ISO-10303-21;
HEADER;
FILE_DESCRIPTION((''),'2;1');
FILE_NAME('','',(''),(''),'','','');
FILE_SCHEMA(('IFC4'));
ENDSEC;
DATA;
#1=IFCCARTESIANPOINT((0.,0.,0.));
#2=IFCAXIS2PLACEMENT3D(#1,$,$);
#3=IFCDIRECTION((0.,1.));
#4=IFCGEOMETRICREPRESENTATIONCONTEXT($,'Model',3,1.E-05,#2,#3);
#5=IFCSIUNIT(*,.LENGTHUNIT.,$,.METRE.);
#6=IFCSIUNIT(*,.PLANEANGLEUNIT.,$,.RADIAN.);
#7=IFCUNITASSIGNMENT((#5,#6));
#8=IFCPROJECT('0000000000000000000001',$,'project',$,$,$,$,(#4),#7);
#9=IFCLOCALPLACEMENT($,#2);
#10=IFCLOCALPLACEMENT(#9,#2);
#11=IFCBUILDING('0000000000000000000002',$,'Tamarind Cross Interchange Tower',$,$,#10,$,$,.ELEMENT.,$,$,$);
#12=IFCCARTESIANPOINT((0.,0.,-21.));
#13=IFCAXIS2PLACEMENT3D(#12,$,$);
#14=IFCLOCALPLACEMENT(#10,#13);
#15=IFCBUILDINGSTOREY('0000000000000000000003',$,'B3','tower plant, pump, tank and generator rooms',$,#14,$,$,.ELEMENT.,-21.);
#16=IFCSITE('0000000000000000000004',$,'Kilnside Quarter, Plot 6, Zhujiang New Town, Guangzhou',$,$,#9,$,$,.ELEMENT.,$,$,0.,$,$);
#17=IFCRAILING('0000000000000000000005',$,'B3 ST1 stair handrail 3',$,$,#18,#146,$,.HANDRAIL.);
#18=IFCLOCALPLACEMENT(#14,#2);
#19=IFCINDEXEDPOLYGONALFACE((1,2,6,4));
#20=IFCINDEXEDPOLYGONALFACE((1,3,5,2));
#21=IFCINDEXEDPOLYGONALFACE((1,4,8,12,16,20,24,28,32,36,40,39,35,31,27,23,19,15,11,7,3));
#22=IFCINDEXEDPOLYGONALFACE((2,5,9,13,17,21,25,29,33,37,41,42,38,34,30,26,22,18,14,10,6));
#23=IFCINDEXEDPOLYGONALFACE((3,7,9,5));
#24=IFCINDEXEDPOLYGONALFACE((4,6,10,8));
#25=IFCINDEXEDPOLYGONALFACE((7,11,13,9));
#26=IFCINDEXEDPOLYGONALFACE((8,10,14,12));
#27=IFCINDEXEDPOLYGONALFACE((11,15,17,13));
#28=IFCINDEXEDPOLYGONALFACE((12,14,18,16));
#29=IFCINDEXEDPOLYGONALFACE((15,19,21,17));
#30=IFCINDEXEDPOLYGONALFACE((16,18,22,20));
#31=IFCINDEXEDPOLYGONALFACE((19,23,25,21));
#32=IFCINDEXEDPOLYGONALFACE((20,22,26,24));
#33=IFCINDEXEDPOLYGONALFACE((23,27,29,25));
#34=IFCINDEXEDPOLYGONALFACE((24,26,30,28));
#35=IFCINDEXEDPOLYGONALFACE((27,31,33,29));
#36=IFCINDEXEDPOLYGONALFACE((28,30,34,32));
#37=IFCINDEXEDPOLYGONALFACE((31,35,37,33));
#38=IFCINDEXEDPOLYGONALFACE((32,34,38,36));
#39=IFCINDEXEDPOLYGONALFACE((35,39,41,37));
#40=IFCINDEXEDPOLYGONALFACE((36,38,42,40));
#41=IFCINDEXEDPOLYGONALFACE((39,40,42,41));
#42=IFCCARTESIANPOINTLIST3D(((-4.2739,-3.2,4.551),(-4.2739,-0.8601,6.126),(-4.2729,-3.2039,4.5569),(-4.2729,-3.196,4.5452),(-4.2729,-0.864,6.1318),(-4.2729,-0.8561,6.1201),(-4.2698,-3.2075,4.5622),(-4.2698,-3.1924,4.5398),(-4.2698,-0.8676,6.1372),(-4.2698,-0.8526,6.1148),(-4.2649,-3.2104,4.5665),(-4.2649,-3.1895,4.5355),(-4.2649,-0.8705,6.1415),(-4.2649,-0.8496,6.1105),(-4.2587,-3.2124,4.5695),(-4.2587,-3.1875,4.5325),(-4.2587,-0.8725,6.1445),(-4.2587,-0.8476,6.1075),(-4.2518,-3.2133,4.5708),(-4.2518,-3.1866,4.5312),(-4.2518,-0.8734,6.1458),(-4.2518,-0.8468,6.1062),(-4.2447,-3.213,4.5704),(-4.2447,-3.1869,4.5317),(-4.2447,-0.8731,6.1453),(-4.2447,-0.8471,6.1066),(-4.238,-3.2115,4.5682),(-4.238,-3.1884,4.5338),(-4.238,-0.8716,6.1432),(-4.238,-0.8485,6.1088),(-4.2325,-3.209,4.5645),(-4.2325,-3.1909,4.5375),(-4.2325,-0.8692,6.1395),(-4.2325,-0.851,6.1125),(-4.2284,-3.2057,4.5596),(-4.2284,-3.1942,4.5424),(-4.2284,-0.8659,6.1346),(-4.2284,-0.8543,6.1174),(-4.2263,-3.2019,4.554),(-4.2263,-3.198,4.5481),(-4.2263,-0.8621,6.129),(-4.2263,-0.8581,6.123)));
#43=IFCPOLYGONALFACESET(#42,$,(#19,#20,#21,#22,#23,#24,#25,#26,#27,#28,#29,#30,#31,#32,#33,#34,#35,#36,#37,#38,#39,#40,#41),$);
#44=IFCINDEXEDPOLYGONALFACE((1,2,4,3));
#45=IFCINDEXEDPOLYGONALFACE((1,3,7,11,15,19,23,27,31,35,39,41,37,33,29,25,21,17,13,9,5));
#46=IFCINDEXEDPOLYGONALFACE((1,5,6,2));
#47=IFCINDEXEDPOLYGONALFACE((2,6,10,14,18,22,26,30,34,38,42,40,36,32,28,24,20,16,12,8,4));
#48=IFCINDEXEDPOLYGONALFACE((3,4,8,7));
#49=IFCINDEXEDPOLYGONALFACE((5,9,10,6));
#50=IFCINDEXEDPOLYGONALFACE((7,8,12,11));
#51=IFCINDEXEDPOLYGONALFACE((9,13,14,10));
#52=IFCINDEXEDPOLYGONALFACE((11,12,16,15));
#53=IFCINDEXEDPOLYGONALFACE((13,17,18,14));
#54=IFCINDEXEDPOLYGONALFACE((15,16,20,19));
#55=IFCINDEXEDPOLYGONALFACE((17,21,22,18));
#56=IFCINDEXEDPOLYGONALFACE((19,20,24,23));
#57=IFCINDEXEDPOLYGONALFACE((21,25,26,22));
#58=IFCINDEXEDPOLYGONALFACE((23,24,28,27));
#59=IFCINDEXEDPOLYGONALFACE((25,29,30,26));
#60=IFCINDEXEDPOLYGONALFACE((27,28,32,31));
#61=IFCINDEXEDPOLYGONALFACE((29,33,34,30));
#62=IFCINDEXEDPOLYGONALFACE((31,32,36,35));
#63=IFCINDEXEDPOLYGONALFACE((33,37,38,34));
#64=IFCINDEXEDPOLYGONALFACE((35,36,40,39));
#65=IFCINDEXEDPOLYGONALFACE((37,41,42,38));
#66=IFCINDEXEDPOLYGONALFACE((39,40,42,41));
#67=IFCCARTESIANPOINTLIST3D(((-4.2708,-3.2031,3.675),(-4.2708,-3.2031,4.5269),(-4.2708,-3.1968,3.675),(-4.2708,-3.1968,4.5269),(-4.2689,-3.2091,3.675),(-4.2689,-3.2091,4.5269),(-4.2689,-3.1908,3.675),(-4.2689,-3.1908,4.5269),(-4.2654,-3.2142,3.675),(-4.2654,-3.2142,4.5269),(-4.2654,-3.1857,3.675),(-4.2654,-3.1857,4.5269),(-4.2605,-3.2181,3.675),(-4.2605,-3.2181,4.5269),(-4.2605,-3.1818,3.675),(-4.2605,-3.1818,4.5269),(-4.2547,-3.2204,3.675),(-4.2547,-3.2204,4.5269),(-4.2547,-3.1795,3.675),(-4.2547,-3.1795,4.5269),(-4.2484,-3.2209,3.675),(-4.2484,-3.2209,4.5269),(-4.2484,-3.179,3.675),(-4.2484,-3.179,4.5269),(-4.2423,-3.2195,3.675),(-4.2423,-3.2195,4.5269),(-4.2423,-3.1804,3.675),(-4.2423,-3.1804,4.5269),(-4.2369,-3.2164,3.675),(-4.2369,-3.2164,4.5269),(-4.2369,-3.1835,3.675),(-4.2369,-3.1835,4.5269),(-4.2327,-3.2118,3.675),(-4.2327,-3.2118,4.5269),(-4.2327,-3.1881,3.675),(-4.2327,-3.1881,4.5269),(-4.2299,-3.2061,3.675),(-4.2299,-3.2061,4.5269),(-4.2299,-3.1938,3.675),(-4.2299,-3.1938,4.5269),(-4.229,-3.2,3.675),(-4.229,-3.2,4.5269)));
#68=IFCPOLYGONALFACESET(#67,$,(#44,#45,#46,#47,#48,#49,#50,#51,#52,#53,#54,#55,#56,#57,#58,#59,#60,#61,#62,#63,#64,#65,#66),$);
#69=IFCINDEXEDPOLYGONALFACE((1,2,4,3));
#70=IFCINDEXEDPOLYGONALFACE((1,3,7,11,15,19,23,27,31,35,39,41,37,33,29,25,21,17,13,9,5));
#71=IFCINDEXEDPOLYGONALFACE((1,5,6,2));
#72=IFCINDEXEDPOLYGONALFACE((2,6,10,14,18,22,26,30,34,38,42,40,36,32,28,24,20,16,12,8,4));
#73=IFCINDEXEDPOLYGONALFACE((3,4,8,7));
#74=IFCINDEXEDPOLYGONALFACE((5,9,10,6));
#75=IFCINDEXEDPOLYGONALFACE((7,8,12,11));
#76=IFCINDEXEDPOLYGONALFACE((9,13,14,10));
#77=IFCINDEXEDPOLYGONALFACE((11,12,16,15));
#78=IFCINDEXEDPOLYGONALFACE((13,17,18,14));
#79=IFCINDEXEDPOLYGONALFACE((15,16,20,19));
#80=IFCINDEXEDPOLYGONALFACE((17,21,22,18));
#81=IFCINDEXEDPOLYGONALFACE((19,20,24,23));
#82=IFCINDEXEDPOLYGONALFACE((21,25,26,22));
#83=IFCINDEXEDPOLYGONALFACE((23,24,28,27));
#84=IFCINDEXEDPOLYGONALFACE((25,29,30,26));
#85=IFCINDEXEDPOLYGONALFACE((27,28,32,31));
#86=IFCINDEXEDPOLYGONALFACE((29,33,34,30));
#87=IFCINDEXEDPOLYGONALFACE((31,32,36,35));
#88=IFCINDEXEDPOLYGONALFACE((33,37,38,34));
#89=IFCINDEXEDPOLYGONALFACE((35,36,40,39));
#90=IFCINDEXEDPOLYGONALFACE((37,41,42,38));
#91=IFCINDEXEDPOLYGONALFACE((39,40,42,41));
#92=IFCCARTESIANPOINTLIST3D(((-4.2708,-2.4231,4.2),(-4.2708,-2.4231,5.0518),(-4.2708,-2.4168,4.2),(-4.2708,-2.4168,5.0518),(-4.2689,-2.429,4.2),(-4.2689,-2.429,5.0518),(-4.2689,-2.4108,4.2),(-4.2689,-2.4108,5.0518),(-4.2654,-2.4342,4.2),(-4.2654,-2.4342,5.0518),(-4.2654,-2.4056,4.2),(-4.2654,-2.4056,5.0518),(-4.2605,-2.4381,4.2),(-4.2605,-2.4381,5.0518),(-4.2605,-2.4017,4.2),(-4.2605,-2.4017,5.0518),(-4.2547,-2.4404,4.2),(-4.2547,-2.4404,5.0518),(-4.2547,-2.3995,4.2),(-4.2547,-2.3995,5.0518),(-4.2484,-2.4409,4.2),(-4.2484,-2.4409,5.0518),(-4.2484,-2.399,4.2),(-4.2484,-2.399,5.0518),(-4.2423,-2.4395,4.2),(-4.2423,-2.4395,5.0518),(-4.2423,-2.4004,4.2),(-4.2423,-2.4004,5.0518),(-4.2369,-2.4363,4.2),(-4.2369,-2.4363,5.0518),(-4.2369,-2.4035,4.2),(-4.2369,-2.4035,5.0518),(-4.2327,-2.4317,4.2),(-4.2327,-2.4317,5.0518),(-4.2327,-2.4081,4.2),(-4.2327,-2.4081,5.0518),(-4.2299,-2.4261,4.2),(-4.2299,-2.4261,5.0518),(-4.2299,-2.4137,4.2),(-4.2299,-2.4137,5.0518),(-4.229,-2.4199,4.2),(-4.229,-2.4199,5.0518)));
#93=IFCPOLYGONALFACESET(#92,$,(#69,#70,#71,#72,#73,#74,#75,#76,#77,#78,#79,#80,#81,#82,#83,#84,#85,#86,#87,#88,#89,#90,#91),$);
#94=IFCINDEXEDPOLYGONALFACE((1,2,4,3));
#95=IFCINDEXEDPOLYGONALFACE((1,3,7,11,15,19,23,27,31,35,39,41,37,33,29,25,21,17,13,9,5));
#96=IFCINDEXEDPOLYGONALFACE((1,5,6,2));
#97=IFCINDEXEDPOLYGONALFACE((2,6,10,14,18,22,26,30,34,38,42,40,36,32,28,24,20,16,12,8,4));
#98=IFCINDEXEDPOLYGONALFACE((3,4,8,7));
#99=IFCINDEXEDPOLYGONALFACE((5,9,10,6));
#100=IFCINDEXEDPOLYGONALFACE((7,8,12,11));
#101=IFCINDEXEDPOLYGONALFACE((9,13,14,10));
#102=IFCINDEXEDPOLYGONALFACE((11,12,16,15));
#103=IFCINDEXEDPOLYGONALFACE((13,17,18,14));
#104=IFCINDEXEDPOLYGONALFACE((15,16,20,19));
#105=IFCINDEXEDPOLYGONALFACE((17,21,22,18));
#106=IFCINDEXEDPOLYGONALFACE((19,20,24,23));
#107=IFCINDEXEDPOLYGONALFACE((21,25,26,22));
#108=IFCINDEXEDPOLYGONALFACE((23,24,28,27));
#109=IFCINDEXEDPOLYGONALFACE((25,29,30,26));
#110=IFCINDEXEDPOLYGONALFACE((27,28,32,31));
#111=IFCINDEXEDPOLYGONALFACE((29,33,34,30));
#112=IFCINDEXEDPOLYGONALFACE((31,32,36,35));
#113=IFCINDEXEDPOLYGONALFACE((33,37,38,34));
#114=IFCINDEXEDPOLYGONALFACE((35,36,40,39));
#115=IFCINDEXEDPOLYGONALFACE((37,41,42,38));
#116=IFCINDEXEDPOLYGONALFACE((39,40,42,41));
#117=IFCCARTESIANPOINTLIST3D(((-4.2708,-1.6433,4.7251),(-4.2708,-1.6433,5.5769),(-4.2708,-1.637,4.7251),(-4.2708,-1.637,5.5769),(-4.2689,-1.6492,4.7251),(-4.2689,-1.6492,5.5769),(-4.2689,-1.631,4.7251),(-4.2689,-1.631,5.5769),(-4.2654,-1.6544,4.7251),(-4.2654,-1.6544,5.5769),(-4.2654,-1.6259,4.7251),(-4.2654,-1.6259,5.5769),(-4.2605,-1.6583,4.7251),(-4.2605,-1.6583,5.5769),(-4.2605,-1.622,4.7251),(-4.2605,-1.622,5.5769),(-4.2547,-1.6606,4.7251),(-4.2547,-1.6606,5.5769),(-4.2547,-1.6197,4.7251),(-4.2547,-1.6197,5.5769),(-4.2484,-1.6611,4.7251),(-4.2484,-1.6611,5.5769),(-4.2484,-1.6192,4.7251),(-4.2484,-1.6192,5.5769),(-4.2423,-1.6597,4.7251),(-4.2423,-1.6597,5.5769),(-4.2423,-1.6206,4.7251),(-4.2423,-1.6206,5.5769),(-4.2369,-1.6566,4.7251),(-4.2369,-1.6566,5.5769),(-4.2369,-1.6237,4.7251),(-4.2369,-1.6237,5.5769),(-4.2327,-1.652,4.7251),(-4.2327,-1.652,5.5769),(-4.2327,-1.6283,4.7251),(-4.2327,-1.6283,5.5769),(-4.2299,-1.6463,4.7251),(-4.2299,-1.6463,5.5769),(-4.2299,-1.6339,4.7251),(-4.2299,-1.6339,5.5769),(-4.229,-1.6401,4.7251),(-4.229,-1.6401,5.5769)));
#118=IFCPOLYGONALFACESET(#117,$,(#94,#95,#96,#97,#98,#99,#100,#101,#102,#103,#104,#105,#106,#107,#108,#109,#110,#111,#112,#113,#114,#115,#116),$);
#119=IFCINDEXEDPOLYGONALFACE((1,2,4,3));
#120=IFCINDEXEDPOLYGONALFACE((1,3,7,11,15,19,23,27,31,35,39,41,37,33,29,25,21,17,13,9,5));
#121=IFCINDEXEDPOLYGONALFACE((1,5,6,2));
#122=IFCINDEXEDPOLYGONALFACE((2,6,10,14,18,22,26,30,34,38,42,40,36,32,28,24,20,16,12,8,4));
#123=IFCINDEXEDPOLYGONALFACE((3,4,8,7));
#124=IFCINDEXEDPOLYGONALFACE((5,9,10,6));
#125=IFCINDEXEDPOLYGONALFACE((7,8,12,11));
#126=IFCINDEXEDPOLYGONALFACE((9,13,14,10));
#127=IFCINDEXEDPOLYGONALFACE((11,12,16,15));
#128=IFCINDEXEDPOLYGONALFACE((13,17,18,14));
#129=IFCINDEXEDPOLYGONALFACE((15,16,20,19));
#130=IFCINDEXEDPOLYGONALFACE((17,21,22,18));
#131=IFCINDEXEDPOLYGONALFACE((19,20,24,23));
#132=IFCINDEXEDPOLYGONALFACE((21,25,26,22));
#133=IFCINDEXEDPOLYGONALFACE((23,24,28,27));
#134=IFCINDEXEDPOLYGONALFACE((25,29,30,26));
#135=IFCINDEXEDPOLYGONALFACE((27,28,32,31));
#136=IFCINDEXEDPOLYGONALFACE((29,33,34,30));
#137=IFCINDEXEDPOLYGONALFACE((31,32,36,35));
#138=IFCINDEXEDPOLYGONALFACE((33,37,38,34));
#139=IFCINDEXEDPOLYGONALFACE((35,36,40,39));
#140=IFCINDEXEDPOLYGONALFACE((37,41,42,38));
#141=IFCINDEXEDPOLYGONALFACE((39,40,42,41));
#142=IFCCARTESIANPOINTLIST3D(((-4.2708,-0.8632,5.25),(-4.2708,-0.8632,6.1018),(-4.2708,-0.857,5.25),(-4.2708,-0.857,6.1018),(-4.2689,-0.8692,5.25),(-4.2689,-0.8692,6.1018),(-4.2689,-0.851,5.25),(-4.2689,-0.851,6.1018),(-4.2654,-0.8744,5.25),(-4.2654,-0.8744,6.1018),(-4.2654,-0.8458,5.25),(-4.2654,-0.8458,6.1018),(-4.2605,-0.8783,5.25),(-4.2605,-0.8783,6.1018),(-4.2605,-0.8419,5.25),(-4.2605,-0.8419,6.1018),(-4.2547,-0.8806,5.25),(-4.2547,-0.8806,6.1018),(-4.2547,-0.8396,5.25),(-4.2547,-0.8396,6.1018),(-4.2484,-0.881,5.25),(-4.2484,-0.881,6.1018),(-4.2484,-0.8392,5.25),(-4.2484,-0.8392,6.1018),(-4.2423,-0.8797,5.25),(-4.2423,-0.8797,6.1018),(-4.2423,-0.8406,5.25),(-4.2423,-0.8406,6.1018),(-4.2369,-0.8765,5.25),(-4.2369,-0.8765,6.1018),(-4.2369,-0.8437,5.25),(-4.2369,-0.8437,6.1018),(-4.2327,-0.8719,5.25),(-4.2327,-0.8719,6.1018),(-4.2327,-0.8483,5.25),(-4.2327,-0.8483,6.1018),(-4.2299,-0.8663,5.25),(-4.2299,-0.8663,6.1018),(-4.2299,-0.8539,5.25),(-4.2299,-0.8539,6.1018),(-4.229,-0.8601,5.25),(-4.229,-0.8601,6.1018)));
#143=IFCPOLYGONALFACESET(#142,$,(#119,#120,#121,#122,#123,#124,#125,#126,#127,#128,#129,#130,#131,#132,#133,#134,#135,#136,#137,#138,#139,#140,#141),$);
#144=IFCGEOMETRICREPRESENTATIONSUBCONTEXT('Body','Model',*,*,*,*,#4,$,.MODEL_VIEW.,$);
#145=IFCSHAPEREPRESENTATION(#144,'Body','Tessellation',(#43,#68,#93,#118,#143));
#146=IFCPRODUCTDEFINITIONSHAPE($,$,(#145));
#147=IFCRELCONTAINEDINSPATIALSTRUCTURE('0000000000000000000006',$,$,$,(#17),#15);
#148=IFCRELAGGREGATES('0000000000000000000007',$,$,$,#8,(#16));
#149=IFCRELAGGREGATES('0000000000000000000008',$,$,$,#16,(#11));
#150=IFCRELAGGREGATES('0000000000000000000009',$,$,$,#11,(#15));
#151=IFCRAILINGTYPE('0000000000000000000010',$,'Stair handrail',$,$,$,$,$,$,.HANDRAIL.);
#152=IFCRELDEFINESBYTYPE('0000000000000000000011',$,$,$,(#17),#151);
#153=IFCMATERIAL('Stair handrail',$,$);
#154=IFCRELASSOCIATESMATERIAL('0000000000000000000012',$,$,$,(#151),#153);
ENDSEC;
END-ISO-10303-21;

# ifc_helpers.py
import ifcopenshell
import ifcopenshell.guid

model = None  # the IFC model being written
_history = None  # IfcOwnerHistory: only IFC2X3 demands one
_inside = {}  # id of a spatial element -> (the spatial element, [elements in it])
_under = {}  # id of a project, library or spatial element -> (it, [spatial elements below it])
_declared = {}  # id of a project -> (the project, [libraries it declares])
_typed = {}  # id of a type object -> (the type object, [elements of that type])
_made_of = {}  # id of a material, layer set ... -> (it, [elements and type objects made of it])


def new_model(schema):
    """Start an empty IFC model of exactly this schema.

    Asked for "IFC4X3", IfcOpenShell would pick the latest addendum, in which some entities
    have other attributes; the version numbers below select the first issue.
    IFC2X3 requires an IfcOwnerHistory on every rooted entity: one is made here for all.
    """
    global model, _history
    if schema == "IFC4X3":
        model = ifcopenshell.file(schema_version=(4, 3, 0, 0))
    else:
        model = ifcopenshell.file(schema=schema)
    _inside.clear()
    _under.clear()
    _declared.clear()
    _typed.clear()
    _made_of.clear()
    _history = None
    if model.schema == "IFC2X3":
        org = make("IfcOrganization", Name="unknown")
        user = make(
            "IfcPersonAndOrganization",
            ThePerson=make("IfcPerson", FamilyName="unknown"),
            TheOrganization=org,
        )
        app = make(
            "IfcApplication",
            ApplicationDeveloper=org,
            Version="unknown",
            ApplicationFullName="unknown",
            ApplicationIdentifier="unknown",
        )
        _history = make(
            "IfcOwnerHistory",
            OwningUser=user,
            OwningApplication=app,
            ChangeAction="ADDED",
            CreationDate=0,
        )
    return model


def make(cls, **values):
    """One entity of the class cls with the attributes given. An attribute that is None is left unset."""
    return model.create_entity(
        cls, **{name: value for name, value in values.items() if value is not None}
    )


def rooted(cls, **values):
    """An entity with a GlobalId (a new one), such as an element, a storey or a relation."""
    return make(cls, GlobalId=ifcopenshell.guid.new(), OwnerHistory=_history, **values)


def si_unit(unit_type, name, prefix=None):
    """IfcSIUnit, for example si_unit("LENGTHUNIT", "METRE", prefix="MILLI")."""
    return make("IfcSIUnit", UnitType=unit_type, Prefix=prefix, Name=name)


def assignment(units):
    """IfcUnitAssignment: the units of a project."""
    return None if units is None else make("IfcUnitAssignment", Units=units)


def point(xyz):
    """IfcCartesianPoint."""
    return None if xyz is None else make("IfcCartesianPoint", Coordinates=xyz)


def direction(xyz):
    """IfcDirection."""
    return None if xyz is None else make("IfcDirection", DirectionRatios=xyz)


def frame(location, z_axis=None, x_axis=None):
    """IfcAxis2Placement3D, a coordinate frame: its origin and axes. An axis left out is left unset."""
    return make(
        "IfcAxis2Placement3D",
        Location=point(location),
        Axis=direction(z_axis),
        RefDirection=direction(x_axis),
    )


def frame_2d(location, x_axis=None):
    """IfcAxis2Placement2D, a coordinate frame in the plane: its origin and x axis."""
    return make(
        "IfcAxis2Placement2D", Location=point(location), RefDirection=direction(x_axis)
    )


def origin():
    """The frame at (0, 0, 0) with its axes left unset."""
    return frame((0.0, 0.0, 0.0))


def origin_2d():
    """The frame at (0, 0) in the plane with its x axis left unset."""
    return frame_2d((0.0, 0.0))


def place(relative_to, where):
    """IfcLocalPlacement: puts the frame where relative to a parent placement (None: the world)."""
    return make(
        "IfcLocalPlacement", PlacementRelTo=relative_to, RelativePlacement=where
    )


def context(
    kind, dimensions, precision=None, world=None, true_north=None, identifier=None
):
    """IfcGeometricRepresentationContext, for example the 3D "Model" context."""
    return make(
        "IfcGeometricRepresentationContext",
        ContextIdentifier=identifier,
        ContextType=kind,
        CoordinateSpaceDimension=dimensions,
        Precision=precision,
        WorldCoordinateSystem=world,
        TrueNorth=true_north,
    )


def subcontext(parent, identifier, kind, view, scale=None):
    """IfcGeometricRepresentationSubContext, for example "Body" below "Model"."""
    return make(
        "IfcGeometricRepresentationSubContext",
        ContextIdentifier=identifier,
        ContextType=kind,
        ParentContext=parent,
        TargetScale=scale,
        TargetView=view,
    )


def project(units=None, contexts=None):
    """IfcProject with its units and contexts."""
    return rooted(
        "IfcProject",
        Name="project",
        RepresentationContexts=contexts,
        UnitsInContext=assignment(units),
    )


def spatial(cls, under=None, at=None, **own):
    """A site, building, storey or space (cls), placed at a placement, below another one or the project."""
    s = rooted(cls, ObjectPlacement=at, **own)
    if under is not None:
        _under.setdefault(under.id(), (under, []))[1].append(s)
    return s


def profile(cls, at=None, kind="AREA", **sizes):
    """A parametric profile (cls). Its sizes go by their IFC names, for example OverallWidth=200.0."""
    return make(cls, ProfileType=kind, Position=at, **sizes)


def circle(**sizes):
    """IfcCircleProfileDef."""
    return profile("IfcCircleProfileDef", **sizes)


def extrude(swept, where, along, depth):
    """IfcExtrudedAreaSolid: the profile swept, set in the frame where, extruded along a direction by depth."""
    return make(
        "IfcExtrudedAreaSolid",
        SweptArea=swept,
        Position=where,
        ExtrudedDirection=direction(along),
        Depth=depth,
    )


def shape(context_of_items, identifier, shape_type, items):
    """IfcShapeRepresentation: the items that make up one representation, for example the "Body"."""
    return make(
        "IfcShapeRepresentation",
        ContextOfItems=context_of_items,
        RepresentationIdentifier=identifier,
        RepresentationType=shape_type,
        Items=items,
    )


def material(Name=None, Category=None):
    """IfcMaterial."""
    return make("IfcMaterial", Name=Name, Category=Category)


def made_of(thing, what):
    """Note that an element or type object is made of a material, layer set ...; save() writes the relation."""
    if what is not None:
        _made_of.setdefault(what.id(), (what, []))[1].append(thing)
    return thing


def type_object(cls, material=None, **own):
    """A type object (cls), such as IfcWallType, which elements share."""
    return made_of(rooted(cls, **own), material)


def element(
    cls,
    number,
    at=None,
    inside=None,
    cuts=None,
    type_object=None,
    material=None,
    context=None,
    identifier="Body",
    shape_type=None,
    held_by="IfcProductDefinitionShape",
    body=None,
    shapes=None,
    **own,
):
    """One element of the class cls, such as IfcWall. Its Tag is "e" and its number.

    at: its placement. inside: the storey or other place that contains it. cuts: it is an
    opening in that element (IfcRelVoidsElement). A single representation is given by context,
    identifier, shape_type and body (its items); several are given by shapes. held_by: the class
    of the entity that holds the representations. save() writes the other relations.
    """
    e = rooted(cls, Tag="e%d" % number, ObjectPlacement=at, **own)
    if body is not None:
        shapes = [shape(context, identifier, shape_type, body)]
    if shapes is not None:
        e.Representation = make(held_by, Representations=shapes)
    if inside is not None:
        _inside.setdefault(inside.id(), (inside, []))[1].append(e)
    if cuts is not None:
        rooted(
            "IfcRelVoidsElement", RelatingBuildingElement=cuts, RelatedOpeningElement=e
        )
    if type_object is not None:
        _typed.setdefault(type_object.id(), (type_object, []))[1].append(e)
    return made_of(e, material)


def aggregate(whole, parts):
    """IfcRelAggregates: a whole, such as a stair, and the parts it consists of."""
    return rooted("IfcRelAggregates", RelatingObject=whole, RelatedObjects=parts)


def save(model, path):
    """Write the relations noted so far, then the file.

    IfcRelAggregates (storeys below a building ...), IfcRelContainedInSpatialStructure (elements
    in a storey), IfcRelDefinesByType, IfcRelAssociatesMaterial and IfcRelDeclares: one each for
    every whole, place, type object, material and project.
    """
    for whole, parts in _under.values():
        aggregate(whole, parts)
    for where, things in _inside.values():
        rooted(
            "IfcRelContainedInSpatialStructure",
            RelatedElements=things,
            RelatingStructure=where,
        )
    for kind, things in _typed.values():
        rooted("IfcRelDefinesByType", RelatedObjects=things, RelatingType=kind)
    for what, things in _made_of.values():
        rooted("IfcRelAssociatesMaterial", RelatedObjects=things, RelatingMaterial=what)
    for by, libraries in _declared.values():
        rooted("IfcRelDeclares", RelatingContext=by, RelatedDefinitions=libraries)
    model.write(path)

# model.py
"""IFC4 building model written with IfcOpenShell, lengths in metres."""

from ifc_helpers import new_model, si_unit, direction, frame, origin, origin_2d, place, context, subcontext, project, spatial, circle, extrude, material, type_object, element, save


model = new_model("IFC4")

# Units and contexts
model_context = context("Model", 3, precision=1e-05, world=origin(), true_north=direction((0.0, 1.0)))
body_context = subcontext(model_context, "Body", "Model", "MODEL_VIEW")
ifc_project = project(units=[si_unit("LENGTHUNIT", "METRE"), si_unit("PLANEANGLEUNIT", "RADIAN")], contexts=[model_context])

# Site, building, storey
site_placement = place(None, origin())
site = spatial("IfcSite", under=ifc_project, at=site_placement, Name="Kilnside Quarter, Plot 6, Zhujiang New Town, Guangzhou", CompositionType="ELEMENT", RefElevation=0.0)
building_placement = place(site_placement, origin())
building = spatial("IfcBuilding", under=site, at=building_placement, Name="Tamarind Cross Interchange Tower", CompositionType="ELEMENT")
storey_placement = place(building_placement, frame((0.0, 0.0, -21.0)))
storey = spatial("IfcBuildingStorey", under=building, at=storey_placement, Name="B3", Description="tower plant, pump, tank and generator rooms", CompositionType="ELEMENT", Elevation=-21.0)

# Railing
ifc_material_1 = material(Name="Stair handrail")
railing_type_1 = type_object("IfcRailingType", Name="Stair handrail", PredefinedType="HANDRAIL", material=ifc_material_1)
railing_1_placement = place(storey_placement, frame((-4.25, -3.2, 3.675)))
element("IfcRailing", 1, at=railing_1_placement, inside=storey, type_object=railing_type_1, Name="B3 ST1 stair handrail 3", PredefinedType="HANDRAIL", context=body_context, shape_type="SweptSolid", body=[
    extrude(circle(Radius=0.0239, at=origin_2d()), frame((0.0, 0.0, 0.876), z_axis=(0.0, 0.829578, 0.55839), x_axis=(-1.0, 0.0, 0.0)), (0.0, 0.0, 1.0), 2.8206),
    extrude(circle(Radius=0.021, at=origin_2d()), origin(), (0.0, 0.0, 1.0), 0.8518),
    extrude(circle(Radius=0.021, at=origin_2d()), frame((0.0, 0.78, 0.5249)), (0.0, 0.0, 1.0), 0.8518),
    extrude(circle(Radius=0.021, at=origin_2d()), frame((0.0, 1.5598, 1.05)), (0.0, 0.0, 1.0), 0.8518),
    extrude(circle(Radius=0.021, at=origin_2d()), frame((0.0, 2.3398, 1.575)), (0.0, 0.0, 1.0), 0.8518),
])

save(model, "model.ifc")
